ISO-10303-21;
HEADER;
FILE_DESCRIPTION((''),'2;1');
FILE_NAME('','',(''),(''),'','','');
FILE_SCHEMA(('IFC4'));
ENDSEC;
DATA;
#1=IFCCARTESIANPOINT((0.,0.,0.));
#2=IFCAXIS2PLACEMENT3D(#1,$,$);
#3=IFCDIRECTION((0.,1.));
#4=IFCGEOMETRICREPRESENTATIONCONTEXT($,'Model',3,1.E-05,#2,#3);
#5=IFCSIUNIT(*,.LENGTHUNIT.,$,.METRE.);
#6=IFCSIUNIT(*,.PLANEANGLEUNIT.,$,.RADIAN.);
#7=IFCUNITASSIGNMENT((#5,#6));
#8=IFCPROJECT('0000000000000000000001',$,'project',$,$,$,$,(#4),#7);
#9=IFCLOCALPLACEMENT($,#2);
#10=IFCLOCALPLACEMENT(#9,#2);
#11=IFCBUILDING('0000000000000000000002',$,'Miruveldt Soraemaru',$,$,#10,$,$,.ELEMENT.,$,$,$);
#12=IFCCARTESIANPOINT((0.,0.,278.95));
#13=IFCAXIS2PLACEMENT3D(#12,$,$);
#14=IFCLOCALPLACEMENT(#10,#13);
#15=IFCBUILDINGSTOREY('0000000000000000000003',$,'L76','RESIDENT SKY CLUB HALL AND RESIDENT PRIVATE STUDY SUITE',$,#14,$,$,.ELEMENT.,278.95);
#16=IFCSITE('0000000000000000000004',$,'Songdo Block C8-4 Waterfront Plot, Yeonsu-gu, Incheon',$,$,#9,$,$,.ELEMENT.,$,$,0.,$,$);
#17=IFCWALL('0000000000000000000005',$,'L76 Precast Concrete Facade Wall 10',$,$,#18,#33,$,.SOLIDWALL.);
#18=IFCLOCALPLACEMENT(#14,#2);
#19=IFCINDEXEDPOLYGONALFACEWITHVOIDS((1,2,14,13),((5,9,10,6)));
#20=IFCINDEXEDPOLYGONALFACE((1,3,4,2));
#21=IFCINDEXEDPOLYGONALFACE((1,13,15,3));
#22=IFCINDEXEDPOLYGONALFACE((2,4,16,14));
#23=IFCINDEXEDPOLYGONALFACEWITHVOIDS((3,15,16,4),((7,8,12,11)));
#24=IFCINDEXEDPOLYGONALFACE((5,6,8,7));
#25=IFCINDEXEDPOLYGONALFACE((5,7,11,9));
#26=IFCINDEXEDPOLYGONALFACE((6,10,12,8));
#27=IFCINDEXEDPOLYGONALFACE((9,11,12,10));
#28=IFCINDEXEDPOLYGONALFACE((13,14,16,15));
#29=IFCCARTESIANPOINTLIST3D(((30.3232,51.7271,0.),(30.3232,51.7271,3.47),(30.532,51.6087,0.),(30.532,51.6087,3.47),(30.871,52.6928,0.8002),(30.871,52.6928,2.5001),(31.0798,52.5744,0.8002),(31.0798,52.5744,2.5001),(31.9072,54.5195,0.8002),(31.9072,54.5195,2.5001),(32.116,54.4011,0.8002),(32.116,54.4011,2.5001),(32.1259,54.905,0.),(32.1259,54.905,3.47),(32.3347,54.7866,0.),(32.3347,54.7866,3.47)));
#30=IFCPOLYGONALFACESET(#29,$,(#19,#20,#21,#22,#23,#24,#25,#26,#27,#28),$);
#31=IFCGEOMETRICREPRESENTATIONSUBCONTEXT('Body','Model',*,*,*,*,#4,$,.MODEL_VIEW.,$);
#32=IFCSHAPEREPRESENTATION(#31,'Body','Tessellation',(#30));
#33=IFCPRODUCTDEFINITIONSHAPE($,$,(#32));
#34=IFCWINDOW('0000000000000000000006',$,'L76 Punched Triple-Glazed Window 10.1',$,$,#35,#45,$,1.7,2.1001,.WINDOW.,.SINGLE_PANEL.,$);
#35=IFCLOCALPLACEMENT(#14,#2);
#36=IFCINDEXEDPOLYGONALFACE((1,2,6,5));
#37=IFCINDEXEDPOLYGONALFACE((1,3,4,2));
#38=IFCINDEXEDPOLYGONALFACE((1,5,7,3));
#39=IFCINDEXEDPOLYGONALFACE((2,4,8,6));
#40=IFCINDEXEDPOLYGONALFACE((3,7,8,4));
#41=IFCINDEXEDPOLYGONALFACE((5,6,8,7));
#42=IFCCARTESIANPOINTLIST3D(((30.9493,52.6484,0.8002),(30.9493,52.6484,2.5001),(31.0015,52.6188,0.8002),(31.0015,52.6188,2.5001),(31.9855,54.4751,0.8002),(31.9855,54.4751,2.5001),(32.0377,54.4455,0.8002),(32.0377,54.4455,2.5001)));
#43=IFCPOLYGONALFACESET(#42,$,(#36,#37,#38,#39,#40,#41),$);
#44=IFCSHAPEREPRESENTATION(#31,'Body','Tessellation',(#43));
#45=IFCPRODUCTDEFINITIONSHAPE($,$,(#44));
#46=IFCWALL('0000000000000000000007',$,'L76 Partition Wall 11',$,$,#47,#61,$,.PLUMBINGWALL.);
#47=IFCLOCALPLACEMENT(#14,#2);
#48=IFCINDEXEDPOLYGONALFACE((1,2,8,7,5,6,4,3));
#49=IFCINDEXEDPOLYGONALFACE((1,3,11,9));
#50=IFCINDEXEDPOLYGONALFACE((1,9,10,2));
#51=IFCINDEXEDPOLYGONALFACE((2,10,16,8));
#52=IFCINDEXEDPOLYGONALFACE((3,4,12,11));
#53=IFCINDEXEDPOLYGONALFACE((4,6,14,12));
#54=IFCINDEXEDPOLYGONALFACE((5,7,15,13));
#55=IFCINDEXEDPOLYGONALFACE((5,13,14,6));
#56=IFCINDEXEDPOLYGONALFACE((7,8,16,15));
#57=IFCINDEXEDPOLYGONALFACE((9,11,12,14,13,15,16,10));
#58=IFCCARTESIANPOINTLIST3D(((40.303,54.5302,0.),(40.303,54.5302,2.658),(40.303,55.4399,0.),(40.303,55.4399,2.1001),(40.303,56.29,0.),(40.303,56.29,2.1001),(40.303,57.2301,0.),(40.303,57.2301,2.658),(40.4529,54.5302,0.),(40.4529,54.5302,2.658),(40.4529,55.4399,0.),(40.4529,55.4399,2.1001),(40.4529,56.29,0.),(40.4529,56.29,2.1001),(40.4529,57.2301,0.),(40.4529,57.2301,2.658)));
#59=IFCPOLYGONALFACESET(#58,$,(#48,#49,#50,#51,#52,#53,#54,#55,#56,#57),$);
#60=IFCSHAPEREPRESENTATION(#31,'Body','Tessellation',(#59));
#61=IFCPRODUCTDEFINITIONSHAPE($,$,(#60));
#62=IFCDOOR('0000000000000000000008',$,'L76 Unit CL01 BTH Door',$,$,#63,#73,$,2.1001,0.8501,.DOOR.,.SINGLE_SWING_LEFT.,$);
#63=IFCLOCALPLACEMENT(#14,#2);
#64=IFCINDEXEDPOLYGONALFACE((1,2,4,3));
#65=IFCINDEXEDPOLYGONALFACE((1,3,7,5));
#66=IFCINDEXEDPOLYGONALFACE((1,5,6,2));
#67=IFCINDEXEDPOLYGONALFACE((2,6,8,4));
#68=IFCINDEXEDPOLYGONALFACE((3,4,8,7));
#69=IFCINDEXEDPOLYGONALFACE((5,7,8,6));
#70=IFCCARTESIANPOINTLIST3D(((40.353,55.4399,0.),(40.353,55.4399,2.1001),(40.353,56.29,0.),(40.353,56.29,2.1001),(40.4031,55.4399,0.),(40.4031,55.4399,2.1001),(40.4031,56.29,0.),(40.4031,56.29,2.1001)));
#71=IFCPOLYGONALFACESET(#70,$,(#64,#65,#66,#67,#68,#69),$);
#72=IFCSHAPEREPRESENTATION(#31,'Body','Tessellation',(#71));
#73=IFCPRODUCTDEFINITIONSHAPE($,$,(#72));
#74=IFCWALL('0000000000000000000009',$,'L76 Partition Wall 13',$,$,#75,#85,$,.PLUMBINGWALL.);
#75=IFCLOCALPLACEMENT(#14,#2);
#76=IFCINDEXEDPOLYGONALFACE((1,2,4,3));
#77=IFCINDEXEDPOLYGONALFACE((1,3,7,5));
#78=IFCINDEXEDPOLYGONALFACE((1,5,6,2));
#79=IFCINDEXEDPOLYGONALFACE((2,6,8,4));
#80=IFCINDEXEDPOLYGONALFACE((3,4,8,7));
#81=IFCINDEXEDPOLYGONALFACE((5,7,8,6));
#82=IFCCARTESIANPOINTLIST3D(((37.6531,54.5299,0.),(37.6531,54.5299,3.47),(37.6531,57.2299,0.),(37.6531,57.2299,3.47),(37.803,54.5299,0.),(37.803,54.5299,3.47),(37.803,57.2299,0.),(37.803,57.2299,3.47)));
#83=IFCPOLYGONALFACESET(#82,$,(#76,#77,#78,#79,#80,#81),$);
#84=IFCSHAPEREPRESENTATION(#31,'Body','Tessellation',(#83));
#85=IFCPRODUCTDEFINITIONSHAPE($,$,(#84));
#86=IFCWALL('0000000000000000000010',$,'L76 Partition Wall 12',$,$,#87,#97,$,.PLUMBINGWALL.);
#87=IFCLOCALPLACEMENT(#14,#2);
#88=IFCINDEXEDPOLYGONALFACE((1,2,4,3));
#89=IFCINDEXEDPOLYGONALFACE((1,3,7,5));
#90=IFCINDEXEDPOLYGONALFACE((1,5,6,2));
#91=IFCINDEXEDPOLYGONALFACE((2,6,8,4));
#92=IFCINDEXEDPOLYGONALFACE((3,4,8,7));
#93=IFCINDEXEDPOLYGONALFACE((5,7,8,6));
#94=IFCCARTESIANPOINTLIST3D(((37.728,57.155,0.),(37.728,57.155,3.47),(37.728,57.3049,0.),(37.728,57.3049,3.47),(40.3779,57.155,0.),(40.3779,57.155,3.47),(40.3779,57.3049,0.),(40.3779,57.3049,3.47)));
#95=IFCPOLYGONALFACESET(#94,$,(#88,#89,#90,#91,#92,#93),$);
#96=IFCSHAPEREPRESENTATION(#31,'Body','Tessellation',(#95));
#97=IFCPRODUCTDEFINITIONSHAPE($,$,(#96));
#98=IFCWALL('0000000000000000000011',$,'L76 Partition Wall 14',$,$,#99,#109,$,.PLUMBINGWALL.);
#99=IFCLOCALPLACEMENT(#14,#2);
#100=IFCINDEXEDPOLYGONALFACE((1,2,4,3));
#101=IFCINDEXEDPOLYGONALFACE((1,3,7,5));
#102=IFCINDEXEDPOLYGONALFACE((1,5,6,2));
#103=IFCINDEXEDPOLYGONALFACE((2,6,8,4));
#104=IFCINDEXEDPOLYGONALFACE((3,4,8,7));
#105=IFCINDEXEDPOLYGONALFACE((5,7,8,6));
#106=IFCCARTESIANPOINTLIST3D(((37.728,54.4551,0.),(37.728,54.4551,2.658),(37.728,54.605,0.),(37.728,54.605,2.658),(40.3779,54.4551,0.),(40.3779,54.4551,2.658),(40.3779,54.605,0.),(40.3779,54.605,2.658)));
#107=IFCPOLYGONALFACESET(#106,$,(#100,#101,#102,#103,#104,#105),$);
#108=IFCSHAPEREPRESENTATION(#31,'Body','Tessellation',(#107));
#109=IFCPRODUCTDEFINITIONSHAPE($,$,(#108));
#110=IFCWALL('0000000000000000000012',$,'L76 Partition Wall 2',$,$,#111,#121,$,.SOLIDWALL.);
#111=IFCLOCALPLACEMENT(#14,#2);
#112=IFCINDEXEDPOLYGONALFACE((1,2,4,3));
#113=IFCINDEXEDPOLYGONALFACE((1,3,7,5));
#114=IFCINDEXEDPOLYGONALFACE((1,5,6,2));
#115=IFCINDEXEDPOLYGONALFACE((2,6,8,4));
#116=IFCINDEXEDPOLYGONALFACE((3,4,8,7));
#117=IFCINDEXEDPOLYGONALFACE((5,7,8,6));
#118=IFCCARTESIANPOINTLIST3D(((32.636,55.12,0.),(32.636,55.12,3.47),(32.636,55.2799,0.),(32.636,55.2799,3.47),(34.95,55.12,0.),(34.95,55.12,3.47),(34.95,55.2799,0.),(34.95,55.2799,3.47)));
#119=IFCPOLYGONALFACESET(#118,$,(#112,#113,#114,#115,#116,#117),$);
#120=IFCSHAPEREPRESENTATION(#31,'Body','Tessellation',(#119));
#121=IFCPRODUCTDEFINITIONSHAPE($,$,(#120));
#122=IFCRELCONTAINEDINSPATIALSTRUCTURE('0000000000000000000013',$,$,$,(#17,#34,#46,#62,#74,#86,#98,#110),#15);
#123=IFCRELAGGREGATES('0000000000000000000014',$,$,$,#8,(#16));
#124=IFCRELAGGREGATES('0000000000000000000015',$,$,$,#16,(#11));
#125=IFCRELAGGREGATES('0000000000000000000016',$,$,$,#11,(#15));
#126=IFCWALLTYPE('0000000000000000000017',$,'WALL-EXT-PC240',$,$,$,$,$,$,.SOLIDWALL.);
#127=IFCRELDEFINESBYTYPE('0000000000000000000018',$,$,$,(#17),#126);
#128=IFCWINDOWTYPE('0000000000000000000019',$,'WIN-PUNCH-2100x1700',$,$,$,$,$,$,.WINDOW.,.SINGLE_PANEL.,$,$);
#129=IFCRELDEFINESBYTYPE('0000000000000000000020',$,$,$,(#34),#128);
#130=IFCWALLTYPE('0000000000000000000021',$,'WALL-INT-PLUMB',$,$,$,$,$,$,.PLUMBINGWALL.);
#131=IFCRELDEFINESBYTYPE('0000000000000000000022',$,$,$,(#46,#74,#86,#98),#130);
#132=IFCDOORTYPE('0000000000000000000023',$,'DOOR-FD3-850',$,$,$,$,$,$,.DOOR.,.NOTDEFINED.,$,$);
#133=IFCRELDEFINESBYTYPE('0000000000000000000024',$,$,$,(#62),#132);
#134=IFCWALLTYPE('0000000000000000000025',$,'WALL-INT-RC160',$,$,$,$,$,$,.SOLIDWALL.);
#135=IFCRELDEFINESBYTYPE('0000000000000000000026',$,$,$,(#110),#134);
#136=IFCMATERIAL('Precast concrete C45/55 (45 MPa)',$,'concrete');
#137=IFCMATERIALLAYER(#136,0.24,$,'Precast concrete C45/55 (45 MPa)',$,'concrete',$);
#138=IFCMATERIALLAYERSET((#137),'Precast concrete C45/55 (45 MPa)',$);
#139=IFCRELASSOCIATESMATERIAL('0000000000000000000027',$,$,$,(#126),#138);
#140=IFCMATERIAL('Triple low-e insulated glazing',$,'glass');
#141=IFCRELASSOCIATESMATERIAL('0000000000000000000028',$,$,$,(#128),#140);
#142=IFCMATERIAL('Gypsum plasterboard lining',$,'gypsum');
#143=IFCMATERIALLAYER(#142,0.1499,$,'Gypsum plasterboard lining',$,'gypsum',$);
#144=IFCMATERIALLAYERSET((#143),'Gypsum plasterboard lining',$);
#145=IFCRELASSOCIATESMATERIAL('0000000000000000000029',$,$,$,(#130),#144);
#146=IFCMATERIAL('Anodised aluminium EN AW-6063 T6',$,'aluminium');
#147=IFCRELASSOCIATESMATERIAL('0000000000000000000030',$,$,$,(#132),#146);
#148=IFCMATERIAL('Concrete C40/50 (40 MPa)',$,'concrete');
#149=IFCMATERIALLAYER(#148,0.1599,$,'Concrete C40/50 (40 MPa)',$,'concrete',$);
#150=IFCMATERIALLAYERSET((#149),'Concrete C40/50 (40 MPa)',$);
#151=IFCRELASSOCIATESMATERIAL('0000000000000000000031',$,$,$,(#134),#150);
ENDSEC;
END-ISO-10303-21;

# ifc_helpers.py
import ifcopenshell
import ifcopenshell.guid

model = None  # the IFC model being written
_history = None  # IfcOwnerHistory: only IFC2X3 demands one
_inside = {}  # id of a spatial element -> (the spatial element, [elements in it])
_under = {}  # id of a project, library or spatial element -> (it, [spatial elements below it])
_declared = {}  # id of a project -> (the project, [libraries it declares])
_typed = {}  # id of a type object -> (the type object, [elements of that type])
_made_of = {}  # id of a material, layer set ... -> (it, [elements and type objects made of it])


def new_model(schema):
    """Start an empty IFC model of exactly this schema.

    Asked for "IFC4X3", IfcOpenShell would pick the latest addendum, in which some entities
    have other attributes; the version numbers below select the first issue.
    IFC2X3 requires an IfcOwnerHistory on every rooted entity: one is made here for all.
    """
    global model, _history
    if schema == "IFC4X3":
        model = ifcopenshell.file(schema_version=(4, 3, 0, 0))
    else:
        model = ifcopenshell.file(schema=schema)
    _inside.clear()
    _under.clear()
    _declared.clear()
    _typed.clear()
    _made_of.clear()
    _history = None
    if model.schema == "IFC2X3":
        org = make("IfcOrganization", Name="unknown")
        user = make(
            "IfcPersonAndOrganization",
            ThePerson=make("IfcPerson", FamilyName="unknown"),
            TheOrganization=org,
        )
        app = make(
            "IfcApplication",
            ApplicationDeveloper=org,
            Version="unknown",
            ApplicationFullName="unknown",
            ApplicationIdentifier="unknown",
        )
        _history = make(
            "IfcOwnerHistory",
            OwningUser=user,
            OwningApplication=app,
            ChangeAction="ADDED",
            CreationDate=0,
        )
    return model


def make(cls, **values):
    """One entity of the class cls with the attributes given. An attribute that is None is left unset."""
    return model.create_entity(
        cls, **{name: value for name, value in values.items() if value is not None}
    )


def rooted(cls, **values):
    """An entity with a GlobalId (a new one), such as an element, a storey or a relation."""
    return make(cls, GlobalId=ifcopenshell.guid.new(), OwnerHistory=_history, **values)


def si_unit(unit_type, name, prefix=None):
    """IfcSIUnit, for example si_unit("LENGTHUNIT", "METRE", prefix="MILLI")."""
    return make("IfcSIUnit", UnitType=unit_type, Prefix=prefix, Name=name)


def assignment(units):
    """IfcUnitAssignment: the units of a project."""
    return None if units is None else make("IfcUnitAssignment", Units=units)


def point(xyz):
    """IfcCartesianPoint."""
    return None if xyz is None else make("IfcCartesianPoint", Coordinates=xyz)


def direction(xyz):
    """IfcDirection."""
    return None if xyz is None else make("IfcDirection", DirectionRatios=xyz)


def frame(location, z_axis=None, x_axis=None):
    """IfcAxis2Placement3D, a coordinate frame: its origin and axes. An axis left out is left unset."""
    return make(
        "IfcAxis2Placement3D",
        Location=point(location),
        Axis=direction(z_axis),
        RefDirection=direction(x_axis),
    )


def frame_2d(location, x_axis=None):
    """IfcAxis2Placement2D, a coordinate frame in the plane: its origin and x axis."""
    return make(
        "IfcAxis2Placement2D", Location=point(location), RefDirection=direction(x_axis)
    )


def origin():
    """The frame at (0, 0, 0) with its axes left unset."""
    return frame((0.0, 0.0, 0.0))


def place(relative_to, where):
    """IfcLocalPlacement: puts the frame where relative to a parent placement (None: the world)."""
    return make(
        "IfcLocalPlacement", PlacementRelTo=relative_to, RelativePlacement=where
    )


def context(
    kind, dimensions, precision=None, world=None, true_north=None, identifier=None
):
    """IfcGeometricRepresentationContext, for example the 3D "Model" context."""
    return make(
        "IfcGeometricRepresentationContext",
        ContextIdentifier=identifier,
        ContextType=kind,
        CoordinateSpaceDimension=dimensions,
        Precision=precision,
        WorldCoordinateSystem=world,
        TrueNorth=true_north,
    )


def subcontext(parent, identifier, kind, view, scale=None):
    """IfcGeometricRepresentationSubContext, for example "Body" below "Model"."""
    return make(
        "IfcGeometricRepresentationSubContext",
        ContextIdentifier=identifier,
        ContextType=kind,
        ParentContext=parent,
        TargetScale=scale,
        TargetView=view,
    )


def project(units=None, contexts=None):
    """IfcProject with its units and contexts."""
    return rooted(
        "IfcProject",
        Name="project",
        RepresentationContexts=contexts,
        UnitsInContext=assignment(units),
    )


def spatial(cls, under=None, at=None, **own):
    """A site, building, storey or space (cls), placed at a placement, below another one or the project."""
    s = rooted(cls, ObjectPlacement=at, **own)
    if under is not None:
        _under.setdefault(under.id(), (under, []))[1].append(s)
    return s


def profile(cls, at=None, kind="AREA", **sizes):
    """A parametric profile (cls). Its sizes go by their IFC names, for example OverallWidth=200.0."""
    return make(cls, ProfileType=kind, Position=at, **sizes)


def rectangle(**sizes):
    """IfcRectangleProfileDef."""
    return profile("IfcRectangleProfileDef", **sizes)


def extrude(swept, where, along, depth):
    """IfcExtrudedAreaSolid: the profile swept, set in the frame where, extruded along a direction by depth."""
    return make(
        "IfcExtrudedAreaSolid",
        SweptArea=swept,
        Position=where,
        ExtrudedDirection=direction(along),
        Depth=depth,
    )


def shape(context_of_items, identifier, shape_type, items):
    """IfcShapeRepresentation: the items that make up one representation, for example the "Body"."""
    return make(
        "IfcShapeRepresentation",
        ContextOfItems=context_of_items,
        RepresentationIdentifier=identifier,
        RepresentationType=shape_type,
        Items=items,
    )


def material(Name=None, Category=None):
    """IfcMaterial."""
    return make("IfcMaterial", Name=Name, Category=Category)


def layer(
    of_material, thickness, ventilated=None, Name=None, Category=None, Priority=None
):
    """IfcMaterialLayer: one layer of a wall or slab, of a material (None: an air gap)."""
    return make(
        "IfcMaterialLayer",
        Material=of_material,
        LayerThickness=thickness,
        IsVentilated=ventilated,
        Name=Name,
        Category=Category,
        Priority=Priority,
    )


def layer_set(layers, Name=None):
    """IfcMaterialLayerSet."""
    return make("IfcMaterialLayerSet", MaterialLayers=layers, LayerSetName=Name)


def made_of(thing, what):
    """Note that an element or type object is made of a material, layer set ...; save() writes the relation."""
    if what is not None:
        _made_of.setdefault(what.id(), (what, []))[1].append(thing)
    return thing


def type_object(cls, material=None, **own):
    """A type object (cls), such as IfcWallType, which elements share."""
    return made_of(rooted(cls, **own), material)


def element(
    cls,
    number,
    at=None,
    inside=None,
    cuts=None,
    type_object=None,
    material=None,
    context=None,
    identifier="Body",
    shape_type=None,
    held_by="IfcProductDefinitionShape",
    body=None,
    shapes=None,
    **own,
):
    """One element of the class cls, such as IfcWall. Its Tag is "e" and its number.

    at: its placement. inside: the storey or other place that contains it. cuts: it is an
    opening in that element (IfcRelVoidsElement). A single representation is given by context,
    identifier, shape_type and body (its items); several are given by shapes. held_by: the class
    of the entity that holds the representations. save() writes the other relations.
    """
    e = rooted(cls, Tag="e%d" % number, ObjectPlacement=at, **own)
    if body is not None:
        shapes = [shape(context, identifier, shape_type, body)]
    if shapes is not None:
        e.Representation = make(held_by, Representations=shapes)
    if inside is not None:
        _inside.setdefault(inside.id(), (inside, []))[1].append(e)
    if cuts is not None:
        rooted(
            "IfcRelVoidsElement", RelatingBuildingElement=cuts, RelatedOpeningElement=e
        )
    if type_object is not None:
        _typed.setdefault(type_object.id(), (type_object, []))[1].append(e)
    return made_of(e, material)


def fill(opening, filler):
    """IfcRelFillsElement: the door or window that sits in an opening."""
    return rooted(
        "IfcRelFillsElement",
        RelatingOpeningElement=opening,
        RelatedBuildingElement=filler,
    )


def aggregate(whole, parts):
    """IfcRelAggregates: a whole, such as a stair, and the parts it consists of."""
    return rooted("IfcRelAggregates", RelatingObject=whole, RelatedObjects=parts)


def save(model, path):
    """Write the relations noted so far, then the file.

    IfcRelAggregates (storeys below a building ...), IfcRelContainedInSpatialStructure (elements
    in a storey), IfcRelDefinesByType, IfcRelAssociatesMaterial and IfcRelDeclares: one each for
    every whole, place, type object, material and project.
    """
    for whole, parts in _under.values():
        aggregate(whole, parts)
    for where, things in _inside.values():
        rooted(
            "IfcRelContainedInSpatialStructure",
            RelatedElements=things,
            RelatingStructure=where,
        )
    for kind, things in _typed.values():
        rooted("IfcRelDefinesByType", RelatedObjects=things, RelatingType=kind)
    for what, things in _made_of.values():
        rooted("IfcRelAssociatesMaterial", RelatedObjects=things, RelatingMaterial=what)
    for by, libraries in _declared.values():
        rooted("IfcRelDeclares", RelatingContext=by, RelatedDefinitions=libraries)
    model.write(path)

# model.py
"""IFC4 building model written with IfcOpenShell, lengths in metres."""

from ifc_helpers import new_model, si_unit, direction, frame, frame_2d, origin, place, context, subcontext, project, spatial, rectangle, extrude, material, layer, layer_set, type_object, element, fill, save


model = new_model("IFC4")

# Units and contexts
model_context = context("Model", 3, precision=1e-05, world=origin(), true_north=direction((0.0, 1.0)))
body_context = subcontext(model_context, "Body", "Model", "MODEL_VIEW")
ifc_project = project(units=[si_unit("LENGTHUNIT", "METRE"), si_unit("PLANEANGLEUNIT", "RADIAN")], contexts=[model_context])

# Site, building, storey
site_placement = place(None, origin())
site = spatial("IfcSite", under=ifc_project, at=site_placement, Name="Songdo Block C8-4 Waterfront Plot, Yeonsu-gu, Incheon", CompositionType="ELEMENT", RefElevation=0.0)
building_placement = place(site_placement, origin())
building = spatial("IfcBuilding", under=site, at=building_placement, Name="Miruveldt Soraemaru", CompositionType="ELEMENT")
storey_placement = place(building_placement, frame((0.0, 0.0, 278.95)))
storey = spatial("IfcBuildingStorey", under=building, at=storey_placement, Name="L76", Description="RESIDENT SKY CLUB HALL AND RESIDENT PRIVATE STUDY SUITE", CompositionType="ELEMENT", Elevation=278.95)

# Wall, opening, window
ifc_material_1 = material(Name="Precast concrete C45/55 (45 MPa)", Category="concrete")
ifc_layer_1 = layer(ifc_material_1, 0.24, Name="Precast concrete C45/55 (45 MPa)", Category="concrete")
ifc_layer_set_1 = layer_set([ifc_layer_1], Name="Precast concrete C45/55 (45 MPa)")
wall_type_1 = type_object("IfcWallType", Name="WALL-EXT-PC240", PredefinedType="SOLIDWALL", material=ifc_layer_set_1)
ifc_material_2 = material(Name="Triple low-e insulated glazing", Category="glass")
window_type_1 = type_object("IfcWindowType", Name="WIN-PUNCH-2100x1700", PartitioningType="SINGLE_PANEL", PredefinedType="WINDOW", material=ifc_material_2)
wall_1_placement = place(storey_placement, frame((32.2302, 54.8457, 0.0), z_axis=(0.0, 0.0, 1.0), x_axis=(-0.493402, -0.869801, 0.0)))
wall_1 = element("IfcWall", 1, at=wall_1_placement, inside=storey, type_object=wall_type_1, Name="L76 Precast Concrete Facade Wall 10", PredefinedType="SOLIDWALL", context=body_context, shape_type="SweptSolid", body=[
    extrude(rectangle(XDim=3.6536, YDim=0.24, at=frame_2d((1.8267, 0.0))), origin(), (0.0, 0.0, 1.0), 3.47),
])
opening_1_placement = place(wall_1_placement, frame((0.4431, 0.0, 0.8)))
opening_1 = element("IfcOpeningElement", 2, at=opening_1_placement, cuts=wall_1, PredefinedType="OPENING", context=body_context, shape_type="SweptSolid", body=[
    extrude(rectangle(XDim=2.1001, YDim=1.7, at=frame_2d((1.05, 0.8501))), frame((0.0, 0.1299, 0.0), z_axis=(0.0, -1.0, 0.0), x_axis=(1.0, 0.0, 0.0)), (0.0, 0.0, 1.0), 0.26),
])
window_1_placement = place(opening_1_placement, origin())
window_1 = element("IfcWindow", 3, at=window_1_placement, inside=storey, type_object=window_type_1, Name="L76 Punched Triple-Glazed Window 10.1", OverallHeight=1.7, OverallWidth=2.1001, PartitioningType="SINGLE_PANEL", PredefinedType="WINDOW", context=body_context, shape_type="SweptSolid", body=[
    extrude(rectangle(XDim=2.1001, YDim=1.7, at=frame_2d((1.05, 0.8501))), frame((0.0, 0.03, 0.0), z_axis=(0.0, -1.0, 0.0), x_axis=(1.0, 0.0, 0.0)), (0.0, 0.0, 1.0), 0.0601),
])
fill(opening_1, window_1)

# Wall, opening, door
ifc_material_3 = material(Name="Gypsum plasterboard lining", Category="gypsum")
ifc_layer_2 = layer(ifc_material_3, 0.1499, Name="Gypsum plasterboard lining", Category="gypsum")
ifc_layer_set_2 = layer_set([ifc_layer_2], Name="Gypsum plasterboard lining")
wall_type_2 = type_object("IfcWallType", Name="WALL-INT-PLUMB", PredefinedType="PLUMBINGWALL", material=ifc_layer_set_2)
wall_2_placement = place(storey_placement, frame((40.3779, 54.53, 0.0), z_axis=(0.0, 0.0, 1.0), x_axis=(0.0, 1.0, 0.0)))
wall_2 = element("IfcWall", 4, at=wall_2_placement, inside=storey, type_object=wall_type_2, Name="L76 Partition Wall 11", PredefinedType="PLUMBINGWALL", context=body_context, shape_type="SweptSolid", body=[
    extrude(rectangle(XDim=2.7, YDim=0.1499, at=frame_2d((1.3501, 0.0))), origin(), (0.0, 0.0, 1.0), 2.658),
])
opening_2_placement = place(wall_2_placement, frame((0.9099, 0.0, 0.0)))
opening_2 = element("IfcOpeningElement", 5, at=opening_2_placement, cuts=wall_2, PredefinedType="OPENING", context=body_context, shape_type="SweptSolid", body=[
    extrude(rectangle(XDim=0.8501, YDim=2.1001, at=frame_2d((0.425, 1.05))), frame((0.0, 0.085, 0.0), z_axis=(0.0, -1.0, 0.0), x_axis=(1.0, 0.0, 0.0)), (0.0, 0.0, 1.0), 0.1699),
])
ifc_material_4 = material(Name="Anodised aluminium EN AW-6063 T6", Category="aluminium")
door_type_1 = type_object("IfcDoorType", Name="DOOR-FD3-850", OperationType="NOTDEFINED", PredefinedType="DOOR", material=ifc_material_4)
door_1_placement = place(opening_2_placement, origin())
door_1 = element("IfcDoor", 6, at=door_1_placement, inside=storey, type_object=door_type_1, Name="L76 Unit CL01 BTH Door", OperationType="SINGLE_SWING_LEFT", OverallHeight=2.1001, OverallWidth=0.8501, PredefinedType="DOOR", context=body_context, shape_type="SweptSolid", body=[
    extrude(rectangle(XDim=0.8501, YDim=2.1001, at=frame_2d((0.425, 1.05))), frame((0.0, 0.0249, 0.0), z_axis=(0.0, -1.0, 0.0), x_axis=(1.0, 0.0, 0.0)), (0.0, 0.0, 1.0), 0.05),
])
fill(opening_2, door_1)

# Walls
wall_3_placement = place(storey_placement, frame((37.728, 57.23, 0.0), z_axis=(0.0, 0.0, 1.0), x_axis=(0.0, -1.0, 0.0)))
element("IfcWall", 7, at=wall_3_placement, inside=storey, type_object=wall_type_2, Name="L76 Partition Wall 13", PredefinedType="PLUMBINGWALL", context=body_context, shape_type="SweptSolid", body=[
    extrude(rectangle(XDim=2.7, YDim=0.1499, at=frame_2d((1.3501, 0.0))), origin(), (0.0, 0.0, 1.0), 3.47),
])
wall_4_placement = place(storey_placement, frame((40.3779, 57.23, 0.0), z_axis=(0.0, 0.0, 1.0), x_axis=(-1.0, 0.0, 0.0)))
element("IfcWall", 8, at=wall_4_placement, inside=storey, type_object=wall_type_2, Name="L76 Partition Wall 12", PredefinedType="PLUMBINGWALL", context=body_context, shape_type="SweptSolid", body=[
    extrude(rectangle(XDim=2.6499, YDim=0.1499, at=frame_2d((1.325, 0.0))), origin(), (0.0, 0.0, 1.0), 3.47),
])
wall_5_placement = place(storey_placement, frame((37.728, 54.53, 0.0), z_axis=(0.0, 0.0, 1.0), x_axis=(1.0, 0.0, 0.0)))
element("IfcWall", 9, at=wall_5_placement, inside=storey, type_object=wall_type_2, Name="L76 Partition Wall 14", PredefinedType="PLUMBINGWALL", context=body_context, shape_type="SweptSolid", body=[
    extrude(rectangle(XDim=2.6499, YDim=0.1499, at=frame_2d((1.325, 0.0))), origin(), (0.0, 0.0, 1.0), 2.658),
])

# Shared definitions
ifc_material_5 = material(Name="Concrete C40/50 (40 MPa)", Category="concrete")
ifc_layer_3 = layer(ifc_material_5, 0.1599, Name="Concrete C40/50 (40 MPa)", Category="concrete")
ifc_layer_set_3 = layer_set([ifc_layer_3], Name="Concrete C40/50 (40 MPa)")
wall_type_3 = type_object("IfcWallType", Name="WALL-INT-RC160", PredefinedType="SOLIDWALL", material=ifc_layer_set_3)

# Wall
wall_6_placement = place(storey_placement, frame((34.95, 55.2, 0.0), z_axis=(0.0, 0.0, 1.0), x_axis=(-1.0, 0.0, 0.0)))
element("IfcWall", 10, at=wall_6_placement, inside=storey, type_object=wall_type_3, Name="L76 Partition Wall 2", PredefinedType="SOLIDWALL", context=body_context, shape_type="SweptSolid", body=[
    extrude(rectangle(XDim=2.314, YDim=0.1599, at=frame_2d((1.157, 0.0))), origin(), (0.0, 0.0, 1.0), 3.47),
])

save(model, "model.ifc")
